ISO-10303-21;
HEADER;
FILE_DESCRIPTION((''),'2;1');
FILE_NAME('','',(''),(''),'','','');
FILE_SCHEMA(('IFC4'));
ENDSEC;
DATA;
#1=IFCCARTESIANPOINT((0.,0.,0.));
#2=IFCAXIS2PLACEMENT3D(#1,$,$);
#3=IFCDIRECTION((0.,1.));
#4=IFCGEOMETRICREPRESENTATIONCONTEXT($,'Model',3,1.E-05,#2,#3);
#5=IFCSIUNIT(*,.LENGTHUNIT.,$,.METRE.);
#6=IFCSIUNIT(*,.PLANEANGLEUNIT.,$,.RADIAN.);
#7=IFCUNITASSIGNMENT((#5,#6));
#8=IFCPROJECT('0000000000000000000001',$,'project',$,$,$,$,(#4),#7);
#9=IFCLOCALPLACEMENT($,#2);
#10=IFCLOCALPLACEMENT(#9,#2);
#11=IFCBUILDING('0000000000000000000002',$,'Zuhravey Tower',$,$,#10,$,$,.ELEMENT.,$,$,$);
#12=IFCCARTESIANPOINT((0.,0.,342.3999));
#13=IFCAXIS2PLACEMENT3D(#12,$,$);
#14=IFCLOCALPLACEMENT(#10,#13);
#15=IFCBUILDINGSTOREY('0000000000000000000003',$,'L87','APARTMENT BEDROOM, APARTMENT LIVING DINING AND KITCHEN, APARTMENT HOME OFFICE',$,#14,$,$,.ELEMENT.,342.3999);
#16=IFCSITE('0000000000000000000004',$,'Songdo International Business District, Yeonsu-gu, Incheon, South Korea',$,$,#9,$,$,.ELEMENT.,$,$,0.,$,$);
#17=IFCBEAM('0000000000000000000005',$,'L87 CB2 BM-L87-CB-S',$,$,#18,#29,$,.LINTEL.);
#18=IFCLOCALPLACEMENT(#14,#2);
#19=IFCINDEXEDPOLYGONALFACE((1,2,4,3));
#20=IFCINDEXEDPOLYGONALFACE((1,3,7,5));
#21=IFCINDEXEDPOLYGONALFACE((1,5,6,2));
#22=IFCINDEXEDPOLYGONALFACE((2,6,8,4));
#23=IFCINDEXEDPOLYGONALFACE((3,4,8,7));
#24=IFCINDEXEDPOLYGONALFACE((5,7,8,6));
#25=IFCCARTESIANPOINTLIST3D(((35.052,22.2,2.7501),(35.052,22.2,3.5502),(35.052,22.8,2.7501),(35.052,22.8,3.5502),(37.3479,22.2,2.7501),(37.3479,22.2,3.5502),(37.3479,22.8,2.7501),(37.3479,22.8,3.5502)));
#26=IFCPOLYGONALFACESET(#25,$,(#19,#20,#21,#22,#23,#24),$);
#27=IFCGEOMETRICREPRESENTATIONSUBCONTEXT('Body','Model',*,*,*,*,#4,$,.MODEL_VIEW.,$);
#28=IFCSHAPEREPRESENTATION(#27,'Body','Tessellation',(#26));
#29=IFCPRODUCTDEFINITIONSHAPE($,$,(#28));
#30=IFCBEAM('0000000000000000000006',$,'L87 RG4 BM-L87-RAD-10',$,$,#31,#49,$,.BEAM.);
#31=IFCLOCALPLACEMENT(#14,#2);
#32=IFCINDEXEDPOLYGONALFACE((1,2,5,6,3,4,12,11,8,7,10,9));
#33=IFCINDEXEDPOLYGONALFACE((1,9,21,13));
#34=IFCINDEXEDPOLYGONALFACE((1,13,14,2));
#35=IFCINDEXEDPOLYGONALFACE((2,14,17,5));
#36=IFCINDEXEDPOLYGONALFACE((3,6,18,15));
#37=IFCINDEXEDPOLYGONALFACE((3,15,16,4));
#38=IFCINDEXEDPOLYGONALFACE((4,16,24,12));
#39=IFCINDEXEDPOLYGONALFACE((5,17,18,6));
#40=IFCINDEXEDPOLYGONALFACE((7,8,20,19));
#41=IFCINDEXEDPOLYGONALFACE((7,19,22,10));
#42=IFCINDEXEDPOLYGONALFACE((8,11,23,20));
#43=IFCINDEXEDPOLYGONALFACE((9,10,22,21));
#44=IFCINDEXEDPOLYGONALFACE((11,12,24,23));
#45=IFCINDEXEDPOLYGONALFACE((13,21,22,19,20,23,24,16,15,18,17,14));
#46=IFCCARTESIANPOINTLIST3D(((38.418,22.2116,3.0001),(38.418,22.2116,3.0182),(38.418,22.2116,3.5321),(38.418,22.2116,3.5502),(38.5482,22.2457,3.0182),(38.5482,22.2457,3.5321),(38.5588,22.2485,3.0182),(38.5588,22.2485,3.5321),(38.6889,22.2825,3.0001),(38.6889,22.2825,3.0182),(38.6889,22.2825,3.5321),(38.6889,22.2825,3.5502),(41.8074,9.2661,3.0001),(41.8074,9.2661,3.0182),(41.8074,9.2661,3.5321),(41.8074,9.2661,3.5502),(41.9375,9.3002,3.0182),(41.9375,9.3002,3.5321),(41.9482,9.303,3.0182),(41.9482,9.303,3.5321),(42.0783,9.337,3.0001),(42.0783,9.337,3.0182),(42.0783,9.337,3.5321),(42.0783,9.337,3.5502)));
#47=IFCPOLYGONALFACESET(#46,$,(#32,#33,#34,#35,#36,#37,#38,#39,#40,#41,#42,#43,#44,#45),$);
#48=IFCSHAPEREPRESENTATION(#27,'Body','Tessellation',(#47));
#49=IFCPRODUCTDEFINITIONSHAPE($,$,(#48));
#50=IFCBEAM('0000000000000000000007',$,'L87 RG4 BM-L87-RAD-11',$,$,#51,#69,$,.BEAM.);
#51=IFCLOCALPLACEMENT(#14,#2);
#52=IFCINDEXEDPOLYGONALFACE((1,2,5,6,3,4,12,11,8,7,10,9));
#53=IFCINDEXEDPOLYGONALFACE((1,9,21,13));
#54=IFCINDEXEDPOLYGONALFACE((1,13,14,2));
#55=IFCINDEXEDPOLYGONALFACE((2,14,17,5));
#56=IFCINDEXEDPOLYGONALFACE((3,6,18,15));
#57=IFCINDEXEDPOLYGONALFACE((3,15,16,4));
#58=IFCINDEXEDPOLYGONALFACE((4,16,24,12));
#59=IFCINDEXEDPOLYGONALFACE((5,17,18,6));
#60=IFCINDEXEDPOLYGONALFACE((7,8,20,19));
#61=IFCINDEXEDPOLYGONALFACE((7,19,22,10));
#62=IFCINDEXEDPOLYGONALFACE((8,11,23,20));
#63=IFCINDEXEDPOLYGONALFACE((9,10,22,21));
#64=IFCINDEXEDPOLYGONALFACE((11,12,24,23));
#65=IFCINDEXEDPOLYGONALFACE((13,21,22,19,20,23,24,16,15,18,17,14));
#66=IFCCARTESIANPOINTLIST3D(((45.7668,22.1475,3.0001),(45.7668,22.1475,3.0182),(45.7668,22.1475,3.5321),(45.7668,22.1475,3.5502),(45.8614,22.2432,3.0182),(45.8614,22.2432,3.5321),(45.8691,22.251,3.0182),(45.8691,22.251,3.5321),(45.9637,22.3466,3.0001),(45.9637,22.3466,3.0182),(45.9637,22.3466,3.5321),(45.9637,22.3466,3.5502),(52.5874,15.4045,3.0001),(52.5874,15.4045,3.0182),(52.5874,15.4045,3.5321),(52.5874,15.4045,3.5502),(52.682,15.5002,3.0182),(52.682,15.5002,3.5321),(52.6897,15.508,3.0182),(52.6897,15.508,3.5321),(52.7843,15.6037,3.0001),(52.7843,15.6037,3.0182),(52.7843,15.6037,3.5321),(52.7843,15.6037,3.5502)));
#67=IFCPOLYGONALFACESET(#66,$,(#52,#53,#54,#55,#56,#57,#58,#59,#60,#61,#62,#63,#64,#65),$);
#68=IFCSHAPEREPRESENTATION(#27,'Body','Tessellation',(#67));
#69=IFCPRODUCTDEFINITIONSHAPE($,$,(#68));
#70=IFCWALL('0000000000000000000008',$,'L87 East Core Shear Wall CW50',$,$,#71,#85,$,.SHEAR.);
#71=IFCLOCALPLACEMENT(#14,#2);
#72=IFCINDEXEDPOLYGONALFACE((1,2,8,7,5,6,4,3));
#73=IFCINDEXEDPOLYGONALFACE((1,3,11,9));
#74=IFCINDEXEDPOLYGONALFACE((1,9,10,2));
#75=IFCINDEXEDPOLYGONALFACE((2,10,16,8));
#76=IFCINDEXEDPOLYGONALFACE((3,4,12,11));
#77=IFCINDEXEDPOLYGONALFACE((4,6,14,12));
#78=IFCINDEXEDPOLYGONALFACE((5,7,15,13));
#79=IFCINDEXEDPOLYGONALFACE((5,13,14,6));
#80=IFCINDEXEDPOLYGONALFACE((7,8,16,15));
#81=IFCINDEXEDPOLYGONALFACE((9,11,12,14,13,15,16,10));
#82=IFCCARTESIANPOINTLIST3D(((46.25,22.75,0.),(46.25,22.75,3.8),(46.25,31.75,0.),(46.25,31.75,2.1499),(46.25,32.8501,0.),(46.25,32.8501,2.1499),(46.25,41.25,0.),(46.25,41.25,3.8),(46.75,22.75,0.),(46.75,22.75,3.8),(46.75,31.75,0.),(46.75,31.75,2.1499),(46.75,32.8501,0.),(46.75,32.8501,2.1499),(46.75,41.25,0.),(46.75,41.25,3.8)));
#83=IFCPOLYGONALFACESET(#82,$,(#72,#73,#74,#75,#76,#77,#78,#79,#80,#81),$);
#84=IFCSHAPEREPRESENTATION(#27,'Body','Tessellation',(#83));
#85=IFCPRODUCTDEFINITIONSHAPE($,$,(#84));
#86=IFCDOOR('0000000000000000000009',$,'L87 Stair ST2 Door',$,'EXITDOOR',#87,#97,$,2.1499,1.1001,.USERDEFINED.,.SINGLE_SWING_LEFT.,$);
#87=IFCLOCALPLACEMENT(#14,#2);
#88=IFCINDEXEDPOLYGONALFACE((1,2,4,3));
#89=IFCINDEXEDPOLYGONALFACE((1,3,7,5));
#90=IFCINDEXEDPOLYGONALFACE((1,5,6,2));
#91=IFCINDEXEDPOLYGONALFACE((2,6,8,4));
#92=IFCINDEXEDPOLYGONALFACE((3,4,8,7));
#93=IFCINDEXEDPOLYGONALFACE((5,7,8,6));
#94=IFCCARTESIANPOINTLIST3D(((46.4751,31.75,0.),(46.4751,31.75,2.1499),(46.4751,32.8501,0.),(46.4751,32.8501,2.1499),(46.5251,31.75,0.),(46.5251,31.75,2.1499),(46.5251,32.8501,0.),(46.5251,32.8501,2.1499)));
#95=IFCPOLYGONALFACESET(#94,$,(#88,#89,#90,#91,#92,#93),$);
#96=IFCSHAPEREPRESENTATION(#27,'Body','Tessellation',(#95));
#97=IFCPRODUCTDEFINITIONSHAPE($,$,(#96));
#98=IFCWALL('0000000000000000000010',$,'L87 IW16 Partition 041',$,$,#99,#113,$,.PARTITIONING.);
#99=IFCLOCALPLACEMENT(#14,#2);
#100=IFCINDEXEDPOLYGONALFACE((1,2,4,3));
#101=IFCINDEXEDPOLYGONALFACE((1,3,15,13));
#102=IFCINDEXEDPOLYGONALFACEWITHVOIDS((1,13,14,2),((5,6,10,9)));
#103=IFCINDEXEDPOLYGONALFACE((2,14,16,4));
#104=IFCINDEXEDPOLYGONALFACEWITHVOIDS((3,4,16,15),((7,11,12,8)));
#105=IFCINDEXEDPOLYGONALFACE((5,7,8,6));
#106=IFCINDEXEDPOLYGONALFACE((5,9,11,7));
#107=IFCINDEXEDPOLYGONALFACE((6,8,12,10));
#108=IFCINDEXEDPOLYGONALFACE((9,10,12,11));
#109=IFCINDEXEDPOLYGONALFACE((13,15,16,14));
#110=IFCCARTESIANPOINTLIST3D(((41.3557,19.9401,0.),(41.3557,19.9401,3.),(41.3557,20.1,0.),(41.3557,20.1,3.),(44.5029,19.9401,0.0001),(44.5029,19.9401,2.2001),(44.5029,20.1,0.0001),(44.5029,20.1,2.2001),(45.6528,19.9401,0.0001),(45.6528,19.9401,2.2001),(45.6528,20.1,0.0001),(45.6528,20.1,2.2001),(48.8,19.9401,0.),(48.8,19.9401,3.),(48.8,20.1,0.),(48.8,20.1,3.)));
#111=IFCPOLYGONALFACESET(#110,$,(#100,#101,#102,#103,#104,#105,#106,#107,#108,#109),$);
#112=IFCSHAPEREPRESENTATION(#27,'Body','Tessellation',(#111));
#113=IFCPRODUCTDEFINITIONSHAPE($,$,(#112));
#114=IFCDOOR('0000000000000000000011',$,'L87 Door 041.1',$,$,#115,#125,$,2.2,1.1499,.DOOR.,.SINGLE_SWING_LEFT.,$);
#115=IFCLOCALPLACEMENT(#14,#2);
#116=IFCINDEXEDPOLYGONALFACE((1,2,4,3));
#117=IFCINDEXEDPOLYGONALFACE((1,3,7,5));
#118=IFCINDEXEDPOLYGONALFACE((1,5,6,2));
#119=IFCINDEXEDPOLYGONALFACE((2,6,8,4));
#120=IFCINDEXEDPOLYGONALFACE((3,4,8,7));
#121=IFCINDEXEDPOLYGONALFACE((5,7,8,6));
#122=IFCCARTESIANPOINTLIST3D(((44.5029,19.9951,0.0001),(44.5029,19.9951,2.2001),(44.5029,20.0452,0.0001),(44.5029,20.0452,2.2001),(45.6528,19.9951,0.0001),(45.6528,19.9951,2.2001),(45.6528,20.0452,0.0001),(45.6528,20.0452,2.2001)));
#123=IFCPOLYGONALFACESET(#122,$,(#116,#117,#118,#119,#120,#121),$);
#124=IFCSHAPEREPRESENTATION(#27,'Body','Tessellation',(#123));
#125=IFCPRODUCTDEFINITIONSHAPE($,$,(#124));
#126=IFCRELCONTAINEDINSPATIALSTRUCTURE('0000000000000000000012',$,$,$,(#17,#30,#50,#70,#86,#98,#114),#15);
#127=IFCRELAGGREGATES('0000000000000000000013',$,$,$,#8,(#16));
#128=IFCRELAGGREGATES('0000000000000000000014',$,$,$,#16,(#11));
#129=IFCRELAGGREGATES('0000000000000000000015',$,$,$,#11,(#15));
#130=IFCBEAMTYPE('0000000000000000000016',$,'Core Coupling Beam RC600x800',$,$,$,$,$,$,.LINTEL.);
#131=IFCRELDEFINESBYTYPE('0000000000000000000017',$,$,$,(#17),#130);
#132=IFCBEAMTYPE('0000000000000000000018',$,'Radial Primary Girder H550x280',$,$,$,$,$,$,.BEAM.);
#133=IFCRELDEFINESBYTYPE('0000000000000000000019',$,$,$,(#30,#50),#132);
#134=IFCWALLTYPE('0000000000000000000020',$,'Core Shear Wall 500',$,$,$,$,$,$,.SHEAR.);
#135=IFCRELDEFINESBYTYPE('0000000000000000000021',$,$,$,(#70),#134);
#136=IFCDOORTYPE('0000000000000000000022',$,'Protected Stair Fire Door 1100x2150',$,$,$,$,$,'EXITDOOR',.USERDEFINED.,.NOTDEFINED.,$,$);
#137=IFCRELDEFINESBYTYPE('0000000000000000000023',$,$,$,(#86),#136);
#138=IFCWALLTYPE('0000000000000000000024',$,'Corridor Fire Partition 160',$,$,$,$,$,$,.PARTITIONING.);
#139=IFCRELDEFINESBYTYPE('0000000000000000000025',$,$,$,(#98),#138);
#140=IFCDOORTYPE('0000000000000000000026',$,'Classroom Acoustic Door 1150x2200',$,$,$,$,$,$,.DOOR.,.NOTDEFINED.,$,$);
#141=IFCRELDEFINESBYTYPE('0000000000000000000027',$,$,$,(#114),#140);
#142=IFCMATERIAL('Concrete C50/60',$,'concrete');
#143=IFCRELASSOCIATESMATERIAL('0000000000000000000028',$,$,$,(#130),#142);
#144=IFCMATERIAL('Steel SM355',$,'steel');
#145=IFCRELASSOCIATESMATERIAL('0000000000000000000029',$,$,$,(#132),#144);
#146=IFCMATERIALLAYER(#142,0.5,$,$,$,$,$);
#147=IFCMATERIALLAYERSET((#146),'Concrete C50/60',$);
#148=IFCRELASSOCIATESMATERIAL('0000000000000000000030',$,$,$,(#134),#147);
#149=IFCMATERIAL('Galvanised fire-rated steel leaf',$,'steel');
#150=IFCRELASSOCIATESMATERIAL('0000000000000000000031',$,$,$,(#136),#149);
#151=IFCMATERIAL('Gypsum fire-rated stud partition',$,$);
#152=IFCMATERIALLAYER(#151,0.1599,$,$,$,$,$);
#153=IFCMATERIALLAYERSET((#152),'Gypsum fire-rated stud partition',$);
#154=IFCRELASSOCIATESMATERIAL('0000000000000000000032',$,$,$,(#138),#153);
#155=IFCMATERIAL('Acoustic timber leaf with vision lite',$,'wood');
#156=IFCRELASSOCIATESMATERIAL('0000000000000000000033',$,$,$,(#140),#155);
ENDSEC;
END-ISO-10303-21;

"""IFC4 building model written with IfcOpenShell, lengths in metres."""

from ifc_helpers import new_model, si_unit, direction, frame, frame_2d, origin, origin_2d, place, context, subcontext, project, spatial, rectangle, i_section, extrude, material, layer, layer_set, material_profile, profile_set, type_object, element, fill, save


model = new_model("IFC4")

# Units and contexts
model_context = context("Model", 3, precision=1e-05, world=origin(), true_north=direction((0.0, 1.0)))
body_context = subcontext(model_context, "Body", "Model", "MODEL_VIEW")
ifc_project = project(units=[si_unit("LENGTHUNIT", "METRE"), si_unit("PLANEANGLEUNIT", "RADIAN")], contexts=[model_context])

# Site, building, storey
site_placement = place(None, origin())
site = spatial("IfcSite", under=ifc_project, at=site_placement, Name="Songdo International Business District, Yeonsu-gu, Incheon, South Korea", CompositionType="ELEMENT", RefElevation=0.0)
building_placement = place(site_placement, origin())
building = spatial("IfcBuilding", under=site, at=building_placement, Name="Zuhravey Tower", CompositionType="ELEMENT")
storey_placement = place(building_placement, frame((0.0, 0.0, 342.3999)))
storey = spatial("IfcBuildingStorey", under=building, at=storey_placement, Name="L87", Description="APARTMENT BEDROOM, APARTMENT LIVING DINING AND KITCHEN, APARTMENT HOME OFFICE", CompositionType="ELEMENT", Elevation=342.3999)

# Beams
ifc_material_1 = material(Name="Concrete C50/60", Category="concrete")
ifc_material_profile_1 = material_profile(ifc_material_1, rectangle(XDim=0.6001, YDim=0.8, at=origin_2d()), Name="RC-600x800")
ifc_profile_set_1 = profile_set([ifc_material_profile_1], Name="Concrete C50/60")
beam_type_1 = type_object("IfcBeamType", Name="Core Coupling Beam RC600x800", PredefinedType="LINTEL", material=ifc_profile_set_1)
beam_1_placement = place(storey_placement, frame((35.052, 22.5, 3.1501), z_axis=(1.0, 0.0, 0.0), x_axis=(0.0, 1.0, 0.0)))
element("IfcBeam", 1, at=beam_1_placement, inside=storey, type_object=beam_type_1, Name="L87 CB2 BM-L87-CB-S", PredefinedType="LINTEL", context=body_context, shape_type="SweptSolid", body=[
    extrude(rectangle(XDim=0.6001, YDim=0.8, at=origin_2d()), origin(), (0.0, 0.0, 1.0), 2.2959),
])
ifc_material_2 = material(Name="Steel SM355", Category="steel")
ifc_material_profile_2 = material_profile(ifc_material_2, i_section(OverallWidth=0.28, OverallDepth=0.55, WebThickness=0.011, FlangeThickness=0.0181, at=origin_2d()), Name="H-550x280x11x18")
ifc_profile_set_2 = profile_set([ifc_material_profile_2], Name="Steel SM355")
beam_type_2 = type_object("IfcBeamType", Name="Radial Primary Girder H550x280", PredefinedType="BEAM", material=ifc_profile_set_2)
beam_2_placement = place(storey_placement, frame((38.5535, 22.2471, 3.2751), z_axis=(0.253283, -0.967392, 0.0), x_axis=(0.967392, 0.253283, 0.0)))
element("IfcBeam", 2, at=beam_2_placement, inside=storey, type_object=beam_type_2, Name="L87 RG4 BM-L87-RAD-10", PredefinedType="BEAM", context=body_context, shape_type="SweptSolid", body=[
    extrude(i_section(OverallWidth=0.28, OverallDepth=0.55, WebThickness=0.011, FlangeThickness=0.0181, at=origin_2d()), origin(), (0.0, 0.0, 1.0), 13.3818),
])
beam_3_placement = place(storey_placement, frame((45.8652, 22.2471, 3.2751), z_axis=(0.711143, -0.703048, 0.0), x_axis=(0.703048, 0.711143, 0.0)))
element("IfcBeam", 3, at=beam_3_placement, inside=storey, type_object=beam_type_2, Name="L87 RG4 BM-L87-RAD-11", PredefinedType="BEAM", context=body_context, shape_type="SweptSolid", body=[
    extrude(i_section(OverallWidth=0.28, OverallDepth=0.55, WebThickness=0.011, FlangeThickness=0.0181, at=origin_2d()), origin(), (0.0, 0.0, 1.0), 9.5911),
])

# Walls, openings, doors
ifc_layer_1 = layer(ifc_material_1, 0.5)
ifc_layer_set_1 = layer_set([ifc_layer_1], Name="Concrete C50/60")
wall_type_1 = type_object("IfcWallType", Name="Core Shear Wall 500", PredefinedType="SHEAR", material=ifc_layer_set_1)
ifc_material_3 = material(Name="Galvanised fire-rated steel leaf", Category="steel")
wall_1_placement = place(storey_placement, frame((46.5, 22.75, 0.0), z_axis=(0.0, 0.0, 1.0), x_axis=(0.0, 1.0, 0.0)))
wall_1 = element("IfcWall", 4, at=wall_1_placement, inside=storey, type_object=wall_type_1, Name="L87 East Core Shear Wall CW50", PredefinedType="SHEAR", context=body_context, shape_type="SweptSolid", body=[
    extrude(rectangle(XDim=18.5, YDim=0.5, at=frame_2d((9.25, 0.0))), origin(), (0.0, 0.0, 1.0), 3.8),
])
opening_1_placement = place(wall_1_placement, frame((9.0, 0.0, 0.0)))
opening_1 = element("IfcOpeningElement", 5, at=opening_1_placement, cuts=wall_1, PredefinedType="OPENING", context=body_context, shape_type="SweptSolid", body=[
    extrude(rectangle(XDim=1.1001, YDim=2.1499, at=frame_2d((0.55, 1.075))), frame((0.0, 0.262, 0.0), z_axis=(0.0, -1.0, 0.0), x_axis=(1.0, 0.0, 0.0)), (0.0, 0.0, 1.0), 0.5239),
])
door_type_1 = type_object("IfcDoorType", Name="Protected Stair Fire Door 1100x2150", ElementType="EXITDOOR", OperationType="NOTDEFINED", PredefinedType="USERDEFINED", material=ifc_material_3)
door_1_placement = place(opening_1_placement, origin())
door_1 = element("IfcDoor", 6, at=door_1_placement, inside=storey, type_object=door_type_1, Name="L87 Stair ST2 Door", ObjectType="EXITDOOR", OperationType="SINGLE_SWING_LEFT", OverallHeight=2.1499, OverallWidth=1.1001, PredefinedType="USERDEFINED", context=body_context, shape_type="SweptSolid", body=[
    extrude(rectangle(XDim=1.1001, YDim=2.1499, at=frame_2d((0.55, 1.075))), frame((0.0, 0.0249, 0.0), z_axis=(0.0, -1.0, 0.0), x_axis=(1.0, 0.0, 0.0)), (0.0, 0.0, 1.0), 0.05),
])
fill(opening_1, door_1)
ifc_material_4 = material(Name="Gypsum fire-rated stud partition")
ifc_layer_2 = layer(ifc_material_4, 0.1599)
ifc_layer_set_2 = layer_set([ifc_layer_2], Name="Gypsum fire-rated stud partition")
wall_type_2 = type_object("IfcWallType", Name="Corridor Fire Partition 160", PredefinedType="PARTITIONING", material=ifc_layer_set_2)
wall_2_placement = place(storey_placement, frame((41.3557, 20.02, 0.0), z_axis=(0.0, 0.0, 1.0), x_axis=(1.0, 0.0, 0.0)))
wall_2 = element("IfcWall", 7, at=wall_2_placement, inside=storey, type_object=wall_type_2, Name="L87 IW16 Partition 041", PredefinedType="PARTITIONING", context=body_context, shape_type="SweptSolid", body=[
    extrude(rectangle(XDim=7.4443, YDim=0.1599, at=frame_2d((3.7222, 0.0))), origin(), (0.0, 0.0, 1.0), 3.0),
])
opening_2_placement = place(wall_2_placement, frame((3.1472, 0.0, 0.0)))
opening_2 = element("IfcOpeningElement", 8, at=opening_2_placement, cuts=wall_2, PredefinedType="OPENING", context=body_context, shape_type="SweptSolid", body=[
    extrude(rectangle(XDim=1.1499, YDim=2.2, at=frame_2d((0.575, 1.1001))), frame((0.0, 0.092, 0.0), z_axis=(0.0, -1.0, 0.0), x_axis=(1.0, 0.0, 0.0)), (0.0, 0.0, 1.0), 0.1838),
])
ifc_material_5 = material(Name="Acoustic timber leaf with vision lite", Category="wood")
door_type_2 = type_object("IfcDoorType", Name="Classroom Acoustic Door 1150x2200", OperationType="NOTDEFINED", PredefinedType="DOOR", material=ifc_material_5)
door_2_placement = place(opening_2_placement, frame((1.1499, 0.0, 0.0), z_axis=(0.0, 0.0, 1.0), x_axis=(-1.0, 0.0, 0.0)))
door_2 = element("IfcDoor", 9, at=door_2_placement, inside=storey, type_object=door_type_2, Name="L87 Door 041.1", OperationType="SINGLE_SWING_LEFT", OverallHeight=2.2, OverallWidth=1.1499, PredefinedType="DOOR", context=body_context, shape_type="SweptSolid", body=[
    extrude(rectangle(XDim=1.1499, YDim=2.2, at=frame_2d((0.575, 1.1001))), frame((0.0, 0.0249, 0.0), z_axis=(0.0, -1.0, 0.0), x_axis=(1.0, 0.0, 0.0)), (0.0, 0.0, 1.0), 0.05),
])
fill(opening_2, door_2)

save(model, "model.ifc")
